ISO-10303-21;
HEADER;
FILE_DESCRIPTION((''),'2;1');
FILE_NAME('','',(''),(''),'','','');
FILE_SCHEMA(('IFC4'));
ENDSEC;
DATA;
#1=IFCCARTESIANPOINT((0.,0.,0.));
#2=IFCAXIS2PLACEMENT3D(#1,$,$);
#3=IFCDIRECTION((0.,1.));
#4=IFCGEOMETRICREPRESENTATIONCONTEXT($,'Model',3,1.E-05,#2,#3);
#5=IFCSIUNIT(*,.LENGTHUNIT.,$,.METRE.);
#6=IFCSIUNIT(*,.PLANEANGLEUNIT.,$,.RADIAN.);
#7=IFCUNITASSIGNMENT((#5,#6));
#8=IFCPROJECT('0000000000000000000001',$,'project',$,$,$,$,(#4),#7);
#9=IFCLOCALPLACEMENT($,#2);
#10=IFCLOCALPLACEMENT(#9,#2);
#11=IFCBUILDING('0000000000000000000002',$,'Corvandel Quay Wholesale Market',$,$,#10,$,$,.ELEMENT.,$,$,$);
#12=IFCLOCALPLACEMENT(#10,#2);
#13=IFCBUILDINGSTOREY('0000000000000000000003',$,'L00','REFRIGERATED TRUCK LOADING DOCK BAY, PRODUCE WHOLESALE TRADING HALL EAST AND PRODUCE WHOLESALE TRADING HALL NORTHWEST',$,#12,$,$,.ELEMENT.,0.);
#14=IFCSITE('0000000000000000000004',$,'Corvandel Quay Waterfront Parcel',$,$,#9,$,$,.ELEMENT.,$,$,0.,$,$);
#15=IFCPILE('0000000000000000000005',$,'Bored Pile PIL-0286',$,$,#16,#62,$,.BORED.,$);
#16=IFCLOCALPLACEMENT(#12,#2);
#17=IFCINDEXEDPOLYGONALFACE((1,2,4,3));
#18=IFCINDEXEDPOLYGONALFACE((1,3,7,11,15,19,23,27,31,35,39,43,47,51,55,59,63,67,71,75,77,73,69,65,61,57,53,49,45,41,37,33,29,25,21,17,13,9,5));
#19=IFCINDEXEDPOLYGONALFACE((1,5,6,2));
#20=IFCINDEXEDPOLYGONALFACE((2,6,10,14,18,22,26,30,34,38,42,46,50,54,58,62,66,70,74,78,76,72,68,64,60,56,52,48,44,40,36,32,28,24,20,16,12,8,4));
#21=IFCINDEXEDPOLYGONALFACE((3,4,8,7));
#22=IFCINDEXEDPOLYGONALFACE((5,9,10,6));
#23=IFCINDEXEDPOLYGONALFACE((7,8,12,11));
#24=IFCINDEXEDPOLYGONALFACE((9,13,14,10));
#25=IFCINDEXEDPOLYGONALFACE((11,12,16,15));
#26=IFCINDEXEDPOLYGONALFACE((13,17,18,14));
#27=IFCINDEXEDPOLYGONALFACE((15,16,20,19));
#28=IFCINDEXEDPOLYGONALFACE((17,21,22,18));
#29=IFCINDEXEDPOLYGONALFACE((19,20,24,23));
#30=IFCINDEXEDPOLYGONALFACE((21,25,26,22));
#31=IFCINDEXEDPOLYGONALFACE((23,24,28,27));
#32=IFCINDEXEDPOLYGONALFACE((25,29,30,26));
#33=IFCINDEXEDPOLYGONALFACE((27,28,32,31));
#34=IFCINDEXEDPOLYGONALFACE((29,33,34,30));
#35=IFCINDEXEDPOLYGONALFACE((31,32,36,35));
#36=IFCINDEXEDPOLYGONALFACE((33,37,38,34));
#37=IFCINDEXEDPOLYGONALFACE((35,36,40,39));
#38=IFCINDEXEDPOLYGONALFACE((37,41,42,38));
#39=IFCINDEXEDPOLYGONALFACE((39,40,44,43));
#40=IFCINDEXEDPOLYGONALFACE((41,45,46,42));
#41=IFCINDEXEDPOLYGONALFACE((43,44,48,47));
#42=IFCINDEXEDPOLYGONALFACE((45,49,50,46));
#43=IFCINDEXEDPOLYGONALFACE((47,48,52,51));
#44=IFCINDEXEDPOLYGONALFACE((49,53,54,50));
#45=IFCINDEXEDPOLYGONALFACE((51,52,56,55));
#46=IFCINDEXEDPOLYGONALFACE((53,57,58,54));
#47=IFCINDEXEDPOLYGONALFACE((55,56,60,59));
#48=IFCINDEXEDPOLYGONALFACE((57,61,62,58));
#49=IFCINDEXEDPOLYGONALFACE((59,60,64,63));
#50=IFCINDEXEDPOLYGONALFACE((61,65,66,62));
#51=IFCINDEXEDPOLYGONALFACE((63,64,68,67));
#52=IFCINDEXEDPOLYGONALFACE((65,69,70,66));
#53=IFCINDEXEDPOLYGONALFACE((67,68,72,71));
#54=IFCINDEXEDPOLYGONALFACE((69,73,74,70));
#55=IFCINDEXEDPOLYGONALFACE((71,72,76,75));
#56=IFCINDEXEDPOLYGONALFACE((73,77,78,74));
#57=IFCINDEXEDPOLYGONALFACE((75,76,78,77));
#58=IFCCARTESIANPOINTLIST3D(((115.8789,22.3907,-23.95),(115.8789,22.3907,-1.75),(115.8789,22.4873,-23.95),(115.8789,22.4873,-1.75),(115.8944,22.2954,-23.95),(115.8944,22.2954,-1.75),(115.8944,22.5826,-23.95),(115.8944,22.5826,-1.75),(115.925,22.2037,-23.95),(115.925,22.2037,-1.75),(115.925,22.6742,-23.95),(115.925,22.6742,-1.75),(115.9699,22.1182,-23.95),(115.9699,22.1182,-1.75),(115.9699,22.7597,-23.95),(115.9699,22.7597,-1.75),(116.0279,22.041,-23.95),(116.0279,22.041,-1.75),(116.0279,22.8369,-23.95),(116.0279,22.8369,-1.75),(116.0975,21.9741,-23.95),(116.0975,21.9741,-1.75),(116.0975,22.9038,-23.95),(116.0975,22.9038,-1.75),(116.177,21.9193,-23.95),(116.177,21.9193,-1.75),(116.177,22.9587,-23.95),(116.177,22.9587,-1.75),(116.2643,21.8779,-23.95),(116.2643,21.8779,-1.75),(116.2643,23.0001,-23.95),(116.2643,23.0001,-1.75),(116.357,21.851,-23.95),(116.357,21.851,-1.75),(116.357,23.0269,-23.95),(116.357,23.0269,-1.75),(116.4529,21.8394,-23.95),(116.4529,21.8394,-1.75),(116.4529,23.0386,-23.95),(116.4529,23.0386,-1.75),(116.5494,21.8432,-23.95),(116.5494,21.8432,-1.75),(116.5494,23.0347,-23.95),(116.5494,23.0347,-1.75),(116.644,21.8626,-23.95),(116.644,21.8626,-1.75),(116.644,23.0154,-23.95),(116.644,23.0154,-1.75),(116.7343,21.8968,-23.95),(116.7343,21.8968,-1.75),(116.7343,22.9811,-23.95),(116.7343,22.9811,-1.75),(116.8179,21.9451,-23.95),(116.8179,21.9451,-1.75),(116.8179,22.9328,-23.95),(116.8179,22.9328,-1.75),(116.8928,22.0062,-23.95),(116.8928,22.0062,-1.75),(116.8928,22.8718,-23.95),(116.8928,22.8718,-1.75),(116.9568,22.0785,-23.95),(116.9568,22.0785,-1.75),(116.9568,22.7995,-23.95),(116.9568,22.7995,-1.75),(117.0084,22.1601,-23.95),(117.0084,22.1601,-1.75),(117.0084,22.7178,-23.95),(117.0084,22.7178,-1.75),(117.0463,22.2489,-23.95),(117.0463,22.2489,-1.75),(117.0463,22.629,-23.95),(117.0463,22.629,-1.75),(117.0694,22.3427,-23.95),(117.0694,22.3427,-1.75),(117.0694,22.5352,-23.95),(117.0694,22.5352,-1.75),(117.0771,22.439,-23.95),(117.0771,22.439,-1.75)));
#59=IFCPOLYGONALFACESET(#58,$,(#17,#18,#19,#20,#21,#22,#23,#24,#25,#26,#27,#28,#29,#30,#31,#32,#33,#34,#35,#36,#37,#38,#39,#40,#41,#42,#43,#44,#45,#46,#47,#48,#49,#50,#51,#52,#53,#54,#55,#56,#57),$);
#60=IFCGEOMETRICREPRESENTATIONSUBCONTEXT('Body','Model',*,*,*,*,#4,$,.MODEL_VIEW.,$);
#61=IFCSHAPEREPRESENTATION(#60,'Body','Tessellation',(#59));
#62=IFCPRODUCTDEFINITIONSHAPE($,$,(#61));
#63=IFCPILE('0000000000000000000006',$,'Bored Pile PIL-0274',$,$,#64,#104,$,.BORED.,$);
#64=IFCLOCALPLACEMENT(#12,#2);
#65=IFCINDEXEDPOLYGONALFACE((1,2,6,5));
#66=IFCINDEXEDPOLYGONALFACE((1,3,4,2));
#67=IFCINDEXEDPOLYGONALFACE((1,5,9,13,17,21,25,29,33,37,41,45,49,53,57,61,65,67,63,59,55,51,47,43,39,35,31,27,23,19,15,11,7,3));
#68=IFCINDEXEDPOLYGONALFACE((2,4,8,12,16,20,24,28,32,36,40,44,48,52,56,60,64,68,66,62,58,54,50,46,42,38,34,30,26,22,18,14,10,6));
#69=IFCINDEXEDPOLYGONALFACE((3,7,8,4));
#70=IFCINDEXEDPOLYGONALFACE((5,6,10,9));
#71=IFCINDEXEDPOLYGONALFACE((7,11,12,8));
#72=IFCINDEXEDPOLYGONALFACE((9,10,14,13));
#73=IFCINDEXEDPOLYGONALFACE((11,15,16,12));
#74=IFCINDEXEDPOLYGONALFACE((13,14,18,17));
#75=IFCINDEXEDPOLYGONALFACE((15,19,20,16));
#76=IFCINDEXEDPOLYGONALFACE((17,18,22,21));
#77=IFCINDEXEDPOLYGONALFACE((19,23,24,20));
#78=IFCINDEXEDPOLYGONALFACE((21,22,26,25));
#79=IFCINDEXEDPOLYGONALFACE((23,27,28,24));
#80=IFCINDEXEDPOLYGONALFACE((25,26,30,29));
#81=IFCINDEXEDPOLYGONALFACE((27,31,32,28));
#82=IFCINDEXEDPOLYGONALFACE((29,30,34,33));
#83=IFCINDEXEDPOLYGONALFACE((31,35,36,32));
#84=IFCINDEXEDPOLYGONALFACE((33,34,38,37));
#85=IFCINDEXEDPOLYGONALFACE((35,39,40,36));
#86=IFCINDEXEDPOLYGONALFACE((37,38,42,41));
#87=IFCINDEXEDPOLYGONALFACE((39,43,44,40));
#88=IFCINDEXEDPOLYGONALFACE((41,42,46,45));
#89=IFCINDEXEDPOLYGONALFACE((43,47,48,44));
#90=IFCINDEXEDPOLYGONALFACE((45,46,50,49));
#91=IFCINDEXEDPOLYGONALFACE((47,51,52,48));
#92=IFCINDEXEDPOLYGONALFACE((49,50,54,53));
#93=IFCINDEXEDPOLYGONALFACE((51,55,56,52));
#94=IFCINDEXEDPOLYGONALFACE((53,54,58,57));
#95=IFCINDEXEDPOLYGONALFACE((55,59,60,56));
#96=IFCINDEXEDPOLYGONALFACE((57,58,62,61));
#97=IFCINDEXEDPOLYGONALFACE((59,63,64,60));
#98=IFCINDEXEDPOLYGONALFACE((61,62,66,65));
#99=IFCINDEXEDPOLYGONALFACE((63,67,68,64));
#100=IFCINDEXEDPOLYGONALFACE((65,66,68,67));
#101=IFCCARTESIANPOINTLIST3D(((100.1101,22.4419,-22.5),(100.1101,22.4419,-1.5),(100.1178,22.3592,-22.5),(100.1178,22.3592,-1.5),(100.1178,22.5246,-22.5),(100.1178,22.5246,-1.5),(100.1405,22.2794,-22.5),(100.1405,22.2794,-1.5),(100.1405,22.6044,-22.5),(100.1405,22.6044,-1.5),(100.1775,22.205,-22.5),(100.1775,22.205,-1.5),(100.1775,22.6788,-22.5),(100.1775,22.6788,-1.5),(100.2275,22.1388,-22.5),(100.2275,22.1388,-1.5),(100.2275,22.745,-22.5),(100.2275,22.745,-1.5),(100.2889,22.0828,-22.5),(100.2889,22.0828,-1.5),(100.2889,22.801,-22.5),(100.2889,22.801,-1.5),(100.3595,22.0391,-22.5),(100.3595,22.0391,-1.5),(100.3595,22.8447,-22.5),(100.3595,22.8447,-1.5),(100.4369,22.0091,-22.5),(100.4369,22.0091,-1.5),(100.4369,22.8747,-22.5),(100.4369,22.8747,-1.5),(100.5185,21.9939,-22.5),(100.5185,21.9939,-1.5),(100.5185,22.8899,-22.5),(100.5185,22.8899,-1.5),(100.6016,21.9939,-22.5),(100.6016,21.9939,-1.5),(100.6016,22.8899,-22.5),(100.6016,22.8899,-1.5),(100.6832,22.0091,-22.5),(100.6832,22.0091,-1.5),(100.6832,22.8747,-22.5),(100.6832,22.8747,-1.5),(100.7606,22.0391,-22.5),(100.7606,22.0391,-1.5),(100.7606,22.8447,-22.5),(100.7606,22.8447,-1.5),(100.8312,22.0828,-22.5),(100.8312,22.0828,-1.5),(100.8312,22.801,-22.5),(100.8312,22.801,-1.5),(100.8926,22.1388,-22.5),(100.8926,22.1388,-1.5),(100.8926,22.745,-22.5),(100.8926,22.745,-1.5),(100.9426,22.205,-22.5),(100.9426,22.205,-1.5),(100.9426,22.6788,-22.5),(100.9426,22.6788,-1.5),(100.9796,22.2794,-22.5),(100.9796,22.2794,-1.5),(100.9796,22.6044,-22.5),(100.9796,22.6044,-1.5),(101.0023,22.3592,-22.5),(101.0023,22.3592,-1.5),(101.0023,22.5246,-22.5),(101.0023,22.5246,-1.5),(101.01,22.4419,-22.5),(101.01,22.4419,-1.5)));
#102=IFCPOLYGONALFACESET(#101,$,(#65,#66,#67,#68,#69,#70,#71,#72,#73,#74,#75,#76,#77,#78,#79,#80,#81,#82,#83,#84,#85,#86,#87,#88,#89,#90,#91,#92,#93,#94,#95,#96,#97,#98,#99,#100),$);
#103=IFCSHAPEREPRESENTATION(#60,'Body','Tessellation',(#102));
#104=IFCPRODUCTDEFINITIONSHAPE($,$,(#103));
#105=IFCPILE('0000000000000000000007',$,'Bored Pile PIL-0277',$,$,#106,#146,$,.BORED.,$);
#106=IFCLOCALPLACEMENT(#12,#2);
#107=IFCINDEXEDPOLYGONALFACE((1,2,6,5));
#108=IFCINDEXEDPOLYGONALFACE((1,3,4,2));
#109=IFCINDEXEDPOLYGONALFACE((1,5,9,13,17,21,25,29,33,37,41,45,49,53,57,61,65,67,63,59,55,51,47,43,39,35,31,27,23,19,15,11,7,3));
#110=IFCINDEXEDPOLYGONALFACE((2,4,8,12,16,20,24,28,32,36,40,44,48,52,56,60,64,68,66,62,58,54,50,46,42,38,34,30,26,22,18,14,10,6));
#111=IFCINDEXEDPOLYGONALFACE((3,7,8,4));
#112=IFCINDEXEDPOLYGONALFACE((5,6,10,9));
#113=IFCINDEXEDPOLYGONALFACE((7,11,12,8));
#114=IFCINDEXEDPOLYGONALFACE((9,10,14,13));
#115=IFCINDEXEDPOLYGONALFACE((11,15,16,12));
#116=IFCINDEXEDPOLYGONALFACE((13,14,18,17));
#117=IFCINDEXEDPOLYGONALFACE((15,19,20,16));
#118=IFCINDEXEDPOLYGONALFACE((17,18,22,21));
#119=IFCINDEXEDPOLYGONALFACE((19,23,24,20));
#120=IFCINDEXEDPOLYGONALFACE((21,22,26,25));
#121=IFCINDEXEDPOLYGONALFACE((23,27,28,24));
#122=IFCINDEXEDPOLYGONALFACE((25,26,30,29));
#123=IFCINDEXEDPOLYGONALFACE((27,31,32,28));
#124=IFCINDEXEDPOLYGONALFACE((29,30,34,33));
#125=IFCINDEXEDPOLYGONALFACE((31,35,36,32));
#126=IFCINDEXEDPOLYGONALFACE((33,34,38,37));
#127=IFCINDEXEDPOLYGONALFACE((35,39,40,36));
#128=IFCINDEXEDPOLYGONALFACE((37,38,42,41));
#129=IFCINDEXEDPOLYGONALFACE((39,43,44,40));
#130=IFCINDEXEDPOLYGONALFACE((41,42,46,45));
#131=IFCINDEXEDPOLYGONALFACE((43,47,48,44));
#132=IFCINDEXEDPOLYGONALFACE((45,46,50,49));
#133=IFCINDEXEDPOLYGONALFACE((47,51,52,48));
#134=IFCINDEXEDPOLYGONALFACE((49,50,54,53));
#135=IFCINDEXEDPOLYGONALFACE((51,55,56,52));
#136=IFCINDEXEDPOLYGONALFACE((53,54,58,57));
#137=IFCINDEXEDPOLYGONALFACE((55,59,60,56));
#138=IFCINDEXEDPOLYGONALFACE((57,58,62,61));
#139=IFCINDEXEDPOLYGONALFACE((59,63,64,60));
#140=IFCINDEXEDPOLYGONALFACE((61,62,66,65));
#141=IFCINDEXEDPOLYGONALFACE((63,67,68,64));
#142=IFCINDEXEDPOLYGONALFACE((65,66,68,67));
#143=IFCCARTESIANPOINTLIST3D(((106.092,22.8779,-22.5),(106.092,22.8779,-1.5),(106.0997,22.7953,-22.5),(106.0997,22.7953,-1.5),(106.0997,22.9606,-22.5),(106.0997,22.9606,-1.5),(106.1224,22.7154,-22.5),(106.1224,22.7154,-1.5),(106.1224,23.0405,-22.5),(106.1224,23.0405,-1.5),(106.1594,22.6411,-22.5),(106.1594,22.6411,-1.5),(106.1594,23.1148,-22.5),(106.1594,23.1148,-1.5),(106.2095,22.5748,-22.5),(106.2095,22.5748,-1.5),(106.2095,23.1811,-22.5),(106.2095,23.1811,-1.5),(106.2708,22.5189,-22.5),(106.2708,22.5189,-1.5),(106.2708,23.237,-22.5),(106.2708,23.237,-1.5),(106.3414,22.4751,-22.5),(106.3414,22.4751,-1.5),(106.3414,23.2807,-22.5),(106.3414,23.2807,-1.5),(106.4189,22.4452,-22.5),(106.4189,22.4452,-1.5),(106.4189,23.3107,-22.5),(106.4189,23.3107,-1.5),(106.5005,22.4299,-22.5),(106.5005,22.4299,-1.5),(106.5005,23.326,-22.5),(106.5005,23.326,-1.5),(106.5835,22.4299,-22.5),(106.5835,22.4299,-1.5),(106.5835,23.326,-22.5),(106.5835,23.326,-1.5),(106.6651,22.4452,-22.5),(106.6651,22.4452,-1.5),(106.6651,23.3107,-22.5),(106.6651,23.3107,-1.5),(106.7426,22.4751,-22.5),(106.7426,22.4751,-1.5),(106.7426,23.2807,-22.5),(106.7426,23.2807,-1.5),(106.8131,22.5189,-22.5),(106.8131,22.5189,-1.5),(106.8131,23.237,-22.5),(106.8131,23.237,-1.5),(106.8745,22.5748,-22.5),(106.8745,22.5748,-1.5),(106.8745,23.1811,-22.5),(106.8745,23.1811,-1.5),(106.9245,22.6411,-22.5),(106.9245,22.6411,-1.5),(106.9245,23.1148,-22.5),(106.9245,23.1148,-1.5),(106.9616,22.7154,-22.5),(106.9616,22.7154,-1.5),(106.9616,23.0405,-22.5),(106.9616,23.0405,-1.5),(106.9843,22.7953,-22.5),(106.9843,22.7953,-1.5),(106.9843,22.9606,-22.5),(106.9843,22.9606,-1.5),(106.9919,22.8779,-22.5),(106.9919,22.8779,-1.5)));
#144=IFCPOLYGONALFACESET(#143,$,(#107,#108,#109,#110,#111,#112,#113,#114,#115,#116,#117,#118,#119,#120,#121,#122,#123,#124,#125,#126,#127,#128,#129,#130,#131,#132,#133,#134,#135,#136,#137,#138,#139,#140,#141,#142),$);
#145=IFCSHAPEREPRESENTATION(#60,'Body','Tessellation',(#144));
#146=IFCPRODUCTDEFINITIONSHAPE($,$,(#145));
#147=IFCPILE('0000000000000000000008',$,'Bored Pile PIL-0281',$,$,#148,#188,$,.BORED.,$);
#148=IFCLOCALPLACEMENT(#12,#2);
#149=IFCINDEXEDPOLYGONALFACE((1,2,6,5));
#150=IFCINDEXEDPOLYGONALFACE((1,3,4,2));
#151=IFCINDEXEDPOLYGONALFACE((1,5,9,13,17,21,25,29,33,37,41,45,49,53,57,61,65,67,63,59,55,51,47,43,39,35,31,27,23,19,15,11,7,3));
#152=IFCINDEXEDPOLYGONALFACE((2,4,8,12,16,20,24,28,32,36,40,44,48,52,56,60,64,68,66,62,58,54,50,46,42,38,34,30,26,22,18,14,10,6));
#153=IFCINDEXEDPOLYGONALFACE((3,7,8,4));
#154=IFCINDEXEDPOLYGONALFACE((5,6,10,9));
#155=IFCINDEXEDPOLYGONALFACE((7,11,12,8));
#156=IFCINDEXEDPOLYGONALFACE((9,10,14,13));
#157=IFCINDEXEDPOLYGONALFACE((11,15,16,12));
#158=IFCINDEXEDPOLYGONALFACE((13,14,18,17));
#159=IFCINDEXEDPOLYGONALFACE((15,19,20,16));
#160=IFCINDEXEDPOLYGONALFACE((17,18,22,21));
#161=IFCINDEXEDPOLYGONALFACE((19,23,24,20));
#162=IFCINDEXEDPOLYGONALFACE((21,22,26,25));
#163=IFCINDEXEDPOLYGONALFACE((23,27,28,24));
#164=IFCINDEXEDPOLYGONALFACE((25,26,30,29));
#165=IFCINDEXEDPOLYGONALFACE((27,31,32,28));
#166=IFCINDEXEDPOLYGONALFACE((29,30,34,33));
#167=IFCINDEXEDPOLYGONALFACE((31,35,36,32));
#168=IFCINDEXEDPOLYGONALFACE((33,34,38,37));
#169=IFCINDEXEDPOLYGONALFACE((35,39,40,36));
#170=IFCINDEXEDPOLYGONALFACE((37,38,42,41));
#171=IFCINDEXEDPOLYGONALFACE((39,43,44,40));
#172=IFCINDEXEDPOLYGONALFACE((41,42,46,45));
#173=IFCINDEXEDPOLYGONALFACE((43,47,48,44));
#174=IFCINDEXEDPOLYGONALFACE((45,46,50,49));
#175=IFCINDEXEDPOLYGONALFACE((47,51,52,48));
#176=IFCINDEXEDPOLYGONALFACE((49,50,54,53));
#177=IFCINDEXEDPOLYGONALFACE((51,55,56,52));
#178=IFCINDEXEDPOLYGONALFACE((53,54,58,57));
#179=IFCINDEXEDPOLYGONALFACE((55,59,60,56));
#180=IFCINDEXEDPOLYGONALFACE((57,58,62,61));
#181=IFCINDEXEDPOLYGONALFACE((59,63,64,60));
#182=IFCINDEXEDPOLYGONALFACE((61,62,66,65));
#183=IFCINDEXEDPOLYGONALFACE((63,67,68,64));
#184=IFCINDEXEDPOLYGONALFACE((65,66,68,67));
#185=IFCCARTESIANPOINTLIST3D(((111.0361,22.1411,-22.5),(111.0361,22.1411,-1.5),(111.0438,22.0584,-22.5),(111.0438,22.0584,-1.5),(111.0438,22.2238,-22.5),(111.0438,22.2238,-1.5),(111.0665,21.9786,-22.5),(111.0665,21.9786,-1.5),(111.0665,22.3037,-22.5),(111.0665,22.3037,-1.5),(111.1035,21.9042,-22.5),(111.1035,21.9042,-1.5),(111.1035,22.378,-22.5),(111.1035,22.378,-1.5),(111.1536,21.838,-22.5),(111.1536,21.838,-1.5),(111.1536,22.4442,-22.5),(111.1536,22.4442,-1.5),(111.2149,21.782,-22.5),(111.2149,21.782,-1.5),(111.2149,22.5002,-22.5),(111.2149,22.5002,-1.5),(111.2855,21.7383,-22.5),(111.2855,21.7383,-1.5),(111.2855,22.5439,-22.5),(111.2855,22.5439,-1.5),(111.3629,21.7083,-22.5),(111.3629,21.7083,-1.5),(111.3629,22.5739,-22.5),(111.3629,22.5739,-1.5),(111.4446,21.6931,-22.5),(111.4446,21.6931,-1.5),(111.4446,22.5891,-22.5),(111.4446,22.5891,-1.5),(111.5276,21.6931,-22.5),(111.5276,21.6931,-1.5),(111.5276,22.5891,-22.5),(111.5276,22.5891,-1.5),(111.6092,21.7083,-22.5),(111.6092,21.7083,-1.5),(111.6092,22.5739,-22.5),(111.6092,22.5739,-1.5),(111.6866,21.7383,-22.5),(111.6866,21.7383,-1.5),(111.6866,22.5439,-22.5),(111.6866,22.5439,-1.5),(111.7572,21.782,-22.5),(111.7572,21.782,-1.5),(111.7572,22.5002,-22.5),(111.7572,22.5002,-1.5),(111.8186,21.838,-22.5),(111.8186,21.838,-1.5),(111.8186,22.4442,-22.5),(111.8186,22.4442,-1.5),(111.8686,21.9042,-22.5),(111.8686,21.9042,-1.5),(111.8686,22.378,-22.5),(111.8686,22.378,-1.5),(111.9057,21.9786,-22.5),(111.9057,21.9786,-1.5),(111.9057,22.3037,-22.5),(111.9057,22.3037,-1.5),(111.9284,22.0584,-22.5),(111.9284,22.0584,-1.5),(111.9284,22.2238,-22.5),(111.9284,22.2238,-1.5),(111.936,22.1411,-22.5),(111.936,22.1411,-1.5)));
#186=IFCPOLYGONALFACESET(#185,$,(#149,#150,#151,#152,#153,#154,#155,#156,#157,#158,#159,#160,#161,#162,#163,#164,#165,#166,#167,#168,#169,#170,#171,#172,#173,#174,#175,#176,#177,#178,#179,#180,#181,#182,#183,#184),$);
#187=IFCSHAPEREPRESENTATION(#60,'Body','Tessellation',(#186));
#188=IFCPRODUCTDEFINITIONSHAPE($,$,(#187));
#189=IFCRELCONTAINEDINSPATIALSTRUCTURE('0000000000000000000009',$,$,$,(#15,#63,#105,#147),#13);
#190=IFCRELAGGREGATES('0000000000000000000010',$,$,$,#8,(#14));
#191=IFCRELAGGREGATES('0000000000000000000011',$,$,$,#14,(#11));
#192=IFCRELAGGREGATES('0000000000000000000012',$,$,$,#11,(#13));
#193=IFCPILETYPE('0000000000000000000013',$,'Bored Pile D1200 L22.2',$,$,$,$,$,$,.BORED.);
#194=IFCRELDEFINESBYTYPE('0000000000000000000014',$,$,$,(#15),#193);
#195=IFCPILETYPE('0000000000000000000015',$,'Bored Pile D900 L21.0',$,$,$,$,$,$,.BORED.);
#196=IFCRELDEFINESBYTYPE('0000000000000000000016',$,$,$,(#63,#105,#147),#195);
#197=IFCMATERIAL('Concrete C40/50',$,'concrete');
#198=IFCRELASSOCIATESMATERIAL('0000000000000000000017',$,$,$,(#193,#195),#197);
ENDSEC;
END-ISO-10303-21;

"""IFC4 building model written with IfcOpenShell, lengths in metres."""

from ifc_helpers import new_model, si_unit, direction, frame, origin, origin_2d, place, context, subcontext, project, spatial, circle, extrude, material, material_profile, profile_set, type_object, element, save


model = new_model("IFC4")

# Units and contexts
model_context = context("Model", 3, precision=1e-05, world=origin(), true_north=direction((0.0, 1.0)))
body_context = subcontext(model_context, "Body", "Model", "MODEL_VIEW")
ifc_project = project(units=[si_unit("LENGTHUNIT", "METRE"), si_unit("PLANEANGLEUNIT", "RADIAN")], contexts=[model_context])

# Site, building, storey
site_placement = place(None, origin())
site = spatial("IfcSite", under=ifc_project, at=site_placement, Name="Corvandel Quay Waterfront Parcel", CompositionType="ELEMENT", RefElevation=0.0)
building_placement = place(site_placement, origin())
building = spatial("IfcBuilding", under=site, at=building_placement, Name="Corvandel Quay Wholesale Market", CompositionType="ELEMENT")
storey_placement = place(building_placement, origin())
storey = spatial("IfcBuildingStorey", under=building, at=storey_placement, Name="L00", Description="REFRIGERATED TRUCK LOADING DOCK BAY, PRODUCE WHOLESALE TRADING HALL EAST AND PRODUCE WHOLESALE TRADING HALL NORTHWEST", CompositionType="ELEMENT", Elevation=0.0)

# Piles
ifc_material_1 = material(Name="Concrete C40/50", Category="concrete")
ifc_material_profile_1 = material_profile(ifc_material_1, circle(Radius=0.6001, at=origin_2d()), Name="RC-PILE-D1200")
ifc_profile_set_1 = profile_set([ifc_material_profile_1], Name="Concrete C40/50")
pile_type_1 = type_object("IfcPileType", Name="Bored Pile D1200 L22.2", PredefinedType="BORED", material=ifc_profile_set_1)
pile_placement = place(storey_placement, frame((116.4771, 22.439, -1.75), z_axis=(0.0, 0.0, -1.0), x_axis=(1.0, 0.0, 0.0)))
element("IfcPile", 1, at=pile_placement, inside=storey, type_object=pile_type_1, Name="Bored Pile PIL-0286", PredefinedType="BORED", context=body_context, shape_type="SweptSolid", body=[
    extrude(circle(Radius=0.6001, at=origin_2d()), origin(), (0.0, 0.0, 1.0), 22.2),
])
ifc_material_profile_2 = material_profile(ifc_material_1, circle(Radius=0.45, at=origin_2d()), Name="RC-PILE-D900")
ifc_profile_set_2 = profile_set([ifc_material_profile_2], Name="Concrete C40/50")
pile_type_2 = type_object("IfcPileType", Name="Bored Pile D900 L21.0", PredefinedType="BORED", material=ifc_profile_set_2)
for number, where, z_axis, x_axis, name in (
    (2, (100.5601, 22.4419, -1.5), (0.0, 0.0, -1.0), (1.0, 0.0, 0.0), "Bored Pile PIL-0274"),
    (3, (106.542, 22.8779, -1.5), (0.0, 0.0, -1.0), (1.0, 0.0, 0.0), "Bored Pile PIL-0277"),
    (4, (111.4861, 22.1411, -1.5), (0.0, 0.0, -1.0), (1.0, 0.0, 0.0), "Bored Pile PIL-0281"),
):
    element("IfcPile", number, at=place(storey_placement, frame(where, z_axis=z_axis, x_axis=x_axis)), inside=storey, type_object=pile_type_2, Name=name, PredefinedType="BORED", context=body_context, shape_type="SweptSolid", body=[
        extrude(circle(Radius=0.45, at=origin_2d()), origin(), (0.0, 0.0, 1.0), 21.0),
    ])

save(model, "model.ifc")
